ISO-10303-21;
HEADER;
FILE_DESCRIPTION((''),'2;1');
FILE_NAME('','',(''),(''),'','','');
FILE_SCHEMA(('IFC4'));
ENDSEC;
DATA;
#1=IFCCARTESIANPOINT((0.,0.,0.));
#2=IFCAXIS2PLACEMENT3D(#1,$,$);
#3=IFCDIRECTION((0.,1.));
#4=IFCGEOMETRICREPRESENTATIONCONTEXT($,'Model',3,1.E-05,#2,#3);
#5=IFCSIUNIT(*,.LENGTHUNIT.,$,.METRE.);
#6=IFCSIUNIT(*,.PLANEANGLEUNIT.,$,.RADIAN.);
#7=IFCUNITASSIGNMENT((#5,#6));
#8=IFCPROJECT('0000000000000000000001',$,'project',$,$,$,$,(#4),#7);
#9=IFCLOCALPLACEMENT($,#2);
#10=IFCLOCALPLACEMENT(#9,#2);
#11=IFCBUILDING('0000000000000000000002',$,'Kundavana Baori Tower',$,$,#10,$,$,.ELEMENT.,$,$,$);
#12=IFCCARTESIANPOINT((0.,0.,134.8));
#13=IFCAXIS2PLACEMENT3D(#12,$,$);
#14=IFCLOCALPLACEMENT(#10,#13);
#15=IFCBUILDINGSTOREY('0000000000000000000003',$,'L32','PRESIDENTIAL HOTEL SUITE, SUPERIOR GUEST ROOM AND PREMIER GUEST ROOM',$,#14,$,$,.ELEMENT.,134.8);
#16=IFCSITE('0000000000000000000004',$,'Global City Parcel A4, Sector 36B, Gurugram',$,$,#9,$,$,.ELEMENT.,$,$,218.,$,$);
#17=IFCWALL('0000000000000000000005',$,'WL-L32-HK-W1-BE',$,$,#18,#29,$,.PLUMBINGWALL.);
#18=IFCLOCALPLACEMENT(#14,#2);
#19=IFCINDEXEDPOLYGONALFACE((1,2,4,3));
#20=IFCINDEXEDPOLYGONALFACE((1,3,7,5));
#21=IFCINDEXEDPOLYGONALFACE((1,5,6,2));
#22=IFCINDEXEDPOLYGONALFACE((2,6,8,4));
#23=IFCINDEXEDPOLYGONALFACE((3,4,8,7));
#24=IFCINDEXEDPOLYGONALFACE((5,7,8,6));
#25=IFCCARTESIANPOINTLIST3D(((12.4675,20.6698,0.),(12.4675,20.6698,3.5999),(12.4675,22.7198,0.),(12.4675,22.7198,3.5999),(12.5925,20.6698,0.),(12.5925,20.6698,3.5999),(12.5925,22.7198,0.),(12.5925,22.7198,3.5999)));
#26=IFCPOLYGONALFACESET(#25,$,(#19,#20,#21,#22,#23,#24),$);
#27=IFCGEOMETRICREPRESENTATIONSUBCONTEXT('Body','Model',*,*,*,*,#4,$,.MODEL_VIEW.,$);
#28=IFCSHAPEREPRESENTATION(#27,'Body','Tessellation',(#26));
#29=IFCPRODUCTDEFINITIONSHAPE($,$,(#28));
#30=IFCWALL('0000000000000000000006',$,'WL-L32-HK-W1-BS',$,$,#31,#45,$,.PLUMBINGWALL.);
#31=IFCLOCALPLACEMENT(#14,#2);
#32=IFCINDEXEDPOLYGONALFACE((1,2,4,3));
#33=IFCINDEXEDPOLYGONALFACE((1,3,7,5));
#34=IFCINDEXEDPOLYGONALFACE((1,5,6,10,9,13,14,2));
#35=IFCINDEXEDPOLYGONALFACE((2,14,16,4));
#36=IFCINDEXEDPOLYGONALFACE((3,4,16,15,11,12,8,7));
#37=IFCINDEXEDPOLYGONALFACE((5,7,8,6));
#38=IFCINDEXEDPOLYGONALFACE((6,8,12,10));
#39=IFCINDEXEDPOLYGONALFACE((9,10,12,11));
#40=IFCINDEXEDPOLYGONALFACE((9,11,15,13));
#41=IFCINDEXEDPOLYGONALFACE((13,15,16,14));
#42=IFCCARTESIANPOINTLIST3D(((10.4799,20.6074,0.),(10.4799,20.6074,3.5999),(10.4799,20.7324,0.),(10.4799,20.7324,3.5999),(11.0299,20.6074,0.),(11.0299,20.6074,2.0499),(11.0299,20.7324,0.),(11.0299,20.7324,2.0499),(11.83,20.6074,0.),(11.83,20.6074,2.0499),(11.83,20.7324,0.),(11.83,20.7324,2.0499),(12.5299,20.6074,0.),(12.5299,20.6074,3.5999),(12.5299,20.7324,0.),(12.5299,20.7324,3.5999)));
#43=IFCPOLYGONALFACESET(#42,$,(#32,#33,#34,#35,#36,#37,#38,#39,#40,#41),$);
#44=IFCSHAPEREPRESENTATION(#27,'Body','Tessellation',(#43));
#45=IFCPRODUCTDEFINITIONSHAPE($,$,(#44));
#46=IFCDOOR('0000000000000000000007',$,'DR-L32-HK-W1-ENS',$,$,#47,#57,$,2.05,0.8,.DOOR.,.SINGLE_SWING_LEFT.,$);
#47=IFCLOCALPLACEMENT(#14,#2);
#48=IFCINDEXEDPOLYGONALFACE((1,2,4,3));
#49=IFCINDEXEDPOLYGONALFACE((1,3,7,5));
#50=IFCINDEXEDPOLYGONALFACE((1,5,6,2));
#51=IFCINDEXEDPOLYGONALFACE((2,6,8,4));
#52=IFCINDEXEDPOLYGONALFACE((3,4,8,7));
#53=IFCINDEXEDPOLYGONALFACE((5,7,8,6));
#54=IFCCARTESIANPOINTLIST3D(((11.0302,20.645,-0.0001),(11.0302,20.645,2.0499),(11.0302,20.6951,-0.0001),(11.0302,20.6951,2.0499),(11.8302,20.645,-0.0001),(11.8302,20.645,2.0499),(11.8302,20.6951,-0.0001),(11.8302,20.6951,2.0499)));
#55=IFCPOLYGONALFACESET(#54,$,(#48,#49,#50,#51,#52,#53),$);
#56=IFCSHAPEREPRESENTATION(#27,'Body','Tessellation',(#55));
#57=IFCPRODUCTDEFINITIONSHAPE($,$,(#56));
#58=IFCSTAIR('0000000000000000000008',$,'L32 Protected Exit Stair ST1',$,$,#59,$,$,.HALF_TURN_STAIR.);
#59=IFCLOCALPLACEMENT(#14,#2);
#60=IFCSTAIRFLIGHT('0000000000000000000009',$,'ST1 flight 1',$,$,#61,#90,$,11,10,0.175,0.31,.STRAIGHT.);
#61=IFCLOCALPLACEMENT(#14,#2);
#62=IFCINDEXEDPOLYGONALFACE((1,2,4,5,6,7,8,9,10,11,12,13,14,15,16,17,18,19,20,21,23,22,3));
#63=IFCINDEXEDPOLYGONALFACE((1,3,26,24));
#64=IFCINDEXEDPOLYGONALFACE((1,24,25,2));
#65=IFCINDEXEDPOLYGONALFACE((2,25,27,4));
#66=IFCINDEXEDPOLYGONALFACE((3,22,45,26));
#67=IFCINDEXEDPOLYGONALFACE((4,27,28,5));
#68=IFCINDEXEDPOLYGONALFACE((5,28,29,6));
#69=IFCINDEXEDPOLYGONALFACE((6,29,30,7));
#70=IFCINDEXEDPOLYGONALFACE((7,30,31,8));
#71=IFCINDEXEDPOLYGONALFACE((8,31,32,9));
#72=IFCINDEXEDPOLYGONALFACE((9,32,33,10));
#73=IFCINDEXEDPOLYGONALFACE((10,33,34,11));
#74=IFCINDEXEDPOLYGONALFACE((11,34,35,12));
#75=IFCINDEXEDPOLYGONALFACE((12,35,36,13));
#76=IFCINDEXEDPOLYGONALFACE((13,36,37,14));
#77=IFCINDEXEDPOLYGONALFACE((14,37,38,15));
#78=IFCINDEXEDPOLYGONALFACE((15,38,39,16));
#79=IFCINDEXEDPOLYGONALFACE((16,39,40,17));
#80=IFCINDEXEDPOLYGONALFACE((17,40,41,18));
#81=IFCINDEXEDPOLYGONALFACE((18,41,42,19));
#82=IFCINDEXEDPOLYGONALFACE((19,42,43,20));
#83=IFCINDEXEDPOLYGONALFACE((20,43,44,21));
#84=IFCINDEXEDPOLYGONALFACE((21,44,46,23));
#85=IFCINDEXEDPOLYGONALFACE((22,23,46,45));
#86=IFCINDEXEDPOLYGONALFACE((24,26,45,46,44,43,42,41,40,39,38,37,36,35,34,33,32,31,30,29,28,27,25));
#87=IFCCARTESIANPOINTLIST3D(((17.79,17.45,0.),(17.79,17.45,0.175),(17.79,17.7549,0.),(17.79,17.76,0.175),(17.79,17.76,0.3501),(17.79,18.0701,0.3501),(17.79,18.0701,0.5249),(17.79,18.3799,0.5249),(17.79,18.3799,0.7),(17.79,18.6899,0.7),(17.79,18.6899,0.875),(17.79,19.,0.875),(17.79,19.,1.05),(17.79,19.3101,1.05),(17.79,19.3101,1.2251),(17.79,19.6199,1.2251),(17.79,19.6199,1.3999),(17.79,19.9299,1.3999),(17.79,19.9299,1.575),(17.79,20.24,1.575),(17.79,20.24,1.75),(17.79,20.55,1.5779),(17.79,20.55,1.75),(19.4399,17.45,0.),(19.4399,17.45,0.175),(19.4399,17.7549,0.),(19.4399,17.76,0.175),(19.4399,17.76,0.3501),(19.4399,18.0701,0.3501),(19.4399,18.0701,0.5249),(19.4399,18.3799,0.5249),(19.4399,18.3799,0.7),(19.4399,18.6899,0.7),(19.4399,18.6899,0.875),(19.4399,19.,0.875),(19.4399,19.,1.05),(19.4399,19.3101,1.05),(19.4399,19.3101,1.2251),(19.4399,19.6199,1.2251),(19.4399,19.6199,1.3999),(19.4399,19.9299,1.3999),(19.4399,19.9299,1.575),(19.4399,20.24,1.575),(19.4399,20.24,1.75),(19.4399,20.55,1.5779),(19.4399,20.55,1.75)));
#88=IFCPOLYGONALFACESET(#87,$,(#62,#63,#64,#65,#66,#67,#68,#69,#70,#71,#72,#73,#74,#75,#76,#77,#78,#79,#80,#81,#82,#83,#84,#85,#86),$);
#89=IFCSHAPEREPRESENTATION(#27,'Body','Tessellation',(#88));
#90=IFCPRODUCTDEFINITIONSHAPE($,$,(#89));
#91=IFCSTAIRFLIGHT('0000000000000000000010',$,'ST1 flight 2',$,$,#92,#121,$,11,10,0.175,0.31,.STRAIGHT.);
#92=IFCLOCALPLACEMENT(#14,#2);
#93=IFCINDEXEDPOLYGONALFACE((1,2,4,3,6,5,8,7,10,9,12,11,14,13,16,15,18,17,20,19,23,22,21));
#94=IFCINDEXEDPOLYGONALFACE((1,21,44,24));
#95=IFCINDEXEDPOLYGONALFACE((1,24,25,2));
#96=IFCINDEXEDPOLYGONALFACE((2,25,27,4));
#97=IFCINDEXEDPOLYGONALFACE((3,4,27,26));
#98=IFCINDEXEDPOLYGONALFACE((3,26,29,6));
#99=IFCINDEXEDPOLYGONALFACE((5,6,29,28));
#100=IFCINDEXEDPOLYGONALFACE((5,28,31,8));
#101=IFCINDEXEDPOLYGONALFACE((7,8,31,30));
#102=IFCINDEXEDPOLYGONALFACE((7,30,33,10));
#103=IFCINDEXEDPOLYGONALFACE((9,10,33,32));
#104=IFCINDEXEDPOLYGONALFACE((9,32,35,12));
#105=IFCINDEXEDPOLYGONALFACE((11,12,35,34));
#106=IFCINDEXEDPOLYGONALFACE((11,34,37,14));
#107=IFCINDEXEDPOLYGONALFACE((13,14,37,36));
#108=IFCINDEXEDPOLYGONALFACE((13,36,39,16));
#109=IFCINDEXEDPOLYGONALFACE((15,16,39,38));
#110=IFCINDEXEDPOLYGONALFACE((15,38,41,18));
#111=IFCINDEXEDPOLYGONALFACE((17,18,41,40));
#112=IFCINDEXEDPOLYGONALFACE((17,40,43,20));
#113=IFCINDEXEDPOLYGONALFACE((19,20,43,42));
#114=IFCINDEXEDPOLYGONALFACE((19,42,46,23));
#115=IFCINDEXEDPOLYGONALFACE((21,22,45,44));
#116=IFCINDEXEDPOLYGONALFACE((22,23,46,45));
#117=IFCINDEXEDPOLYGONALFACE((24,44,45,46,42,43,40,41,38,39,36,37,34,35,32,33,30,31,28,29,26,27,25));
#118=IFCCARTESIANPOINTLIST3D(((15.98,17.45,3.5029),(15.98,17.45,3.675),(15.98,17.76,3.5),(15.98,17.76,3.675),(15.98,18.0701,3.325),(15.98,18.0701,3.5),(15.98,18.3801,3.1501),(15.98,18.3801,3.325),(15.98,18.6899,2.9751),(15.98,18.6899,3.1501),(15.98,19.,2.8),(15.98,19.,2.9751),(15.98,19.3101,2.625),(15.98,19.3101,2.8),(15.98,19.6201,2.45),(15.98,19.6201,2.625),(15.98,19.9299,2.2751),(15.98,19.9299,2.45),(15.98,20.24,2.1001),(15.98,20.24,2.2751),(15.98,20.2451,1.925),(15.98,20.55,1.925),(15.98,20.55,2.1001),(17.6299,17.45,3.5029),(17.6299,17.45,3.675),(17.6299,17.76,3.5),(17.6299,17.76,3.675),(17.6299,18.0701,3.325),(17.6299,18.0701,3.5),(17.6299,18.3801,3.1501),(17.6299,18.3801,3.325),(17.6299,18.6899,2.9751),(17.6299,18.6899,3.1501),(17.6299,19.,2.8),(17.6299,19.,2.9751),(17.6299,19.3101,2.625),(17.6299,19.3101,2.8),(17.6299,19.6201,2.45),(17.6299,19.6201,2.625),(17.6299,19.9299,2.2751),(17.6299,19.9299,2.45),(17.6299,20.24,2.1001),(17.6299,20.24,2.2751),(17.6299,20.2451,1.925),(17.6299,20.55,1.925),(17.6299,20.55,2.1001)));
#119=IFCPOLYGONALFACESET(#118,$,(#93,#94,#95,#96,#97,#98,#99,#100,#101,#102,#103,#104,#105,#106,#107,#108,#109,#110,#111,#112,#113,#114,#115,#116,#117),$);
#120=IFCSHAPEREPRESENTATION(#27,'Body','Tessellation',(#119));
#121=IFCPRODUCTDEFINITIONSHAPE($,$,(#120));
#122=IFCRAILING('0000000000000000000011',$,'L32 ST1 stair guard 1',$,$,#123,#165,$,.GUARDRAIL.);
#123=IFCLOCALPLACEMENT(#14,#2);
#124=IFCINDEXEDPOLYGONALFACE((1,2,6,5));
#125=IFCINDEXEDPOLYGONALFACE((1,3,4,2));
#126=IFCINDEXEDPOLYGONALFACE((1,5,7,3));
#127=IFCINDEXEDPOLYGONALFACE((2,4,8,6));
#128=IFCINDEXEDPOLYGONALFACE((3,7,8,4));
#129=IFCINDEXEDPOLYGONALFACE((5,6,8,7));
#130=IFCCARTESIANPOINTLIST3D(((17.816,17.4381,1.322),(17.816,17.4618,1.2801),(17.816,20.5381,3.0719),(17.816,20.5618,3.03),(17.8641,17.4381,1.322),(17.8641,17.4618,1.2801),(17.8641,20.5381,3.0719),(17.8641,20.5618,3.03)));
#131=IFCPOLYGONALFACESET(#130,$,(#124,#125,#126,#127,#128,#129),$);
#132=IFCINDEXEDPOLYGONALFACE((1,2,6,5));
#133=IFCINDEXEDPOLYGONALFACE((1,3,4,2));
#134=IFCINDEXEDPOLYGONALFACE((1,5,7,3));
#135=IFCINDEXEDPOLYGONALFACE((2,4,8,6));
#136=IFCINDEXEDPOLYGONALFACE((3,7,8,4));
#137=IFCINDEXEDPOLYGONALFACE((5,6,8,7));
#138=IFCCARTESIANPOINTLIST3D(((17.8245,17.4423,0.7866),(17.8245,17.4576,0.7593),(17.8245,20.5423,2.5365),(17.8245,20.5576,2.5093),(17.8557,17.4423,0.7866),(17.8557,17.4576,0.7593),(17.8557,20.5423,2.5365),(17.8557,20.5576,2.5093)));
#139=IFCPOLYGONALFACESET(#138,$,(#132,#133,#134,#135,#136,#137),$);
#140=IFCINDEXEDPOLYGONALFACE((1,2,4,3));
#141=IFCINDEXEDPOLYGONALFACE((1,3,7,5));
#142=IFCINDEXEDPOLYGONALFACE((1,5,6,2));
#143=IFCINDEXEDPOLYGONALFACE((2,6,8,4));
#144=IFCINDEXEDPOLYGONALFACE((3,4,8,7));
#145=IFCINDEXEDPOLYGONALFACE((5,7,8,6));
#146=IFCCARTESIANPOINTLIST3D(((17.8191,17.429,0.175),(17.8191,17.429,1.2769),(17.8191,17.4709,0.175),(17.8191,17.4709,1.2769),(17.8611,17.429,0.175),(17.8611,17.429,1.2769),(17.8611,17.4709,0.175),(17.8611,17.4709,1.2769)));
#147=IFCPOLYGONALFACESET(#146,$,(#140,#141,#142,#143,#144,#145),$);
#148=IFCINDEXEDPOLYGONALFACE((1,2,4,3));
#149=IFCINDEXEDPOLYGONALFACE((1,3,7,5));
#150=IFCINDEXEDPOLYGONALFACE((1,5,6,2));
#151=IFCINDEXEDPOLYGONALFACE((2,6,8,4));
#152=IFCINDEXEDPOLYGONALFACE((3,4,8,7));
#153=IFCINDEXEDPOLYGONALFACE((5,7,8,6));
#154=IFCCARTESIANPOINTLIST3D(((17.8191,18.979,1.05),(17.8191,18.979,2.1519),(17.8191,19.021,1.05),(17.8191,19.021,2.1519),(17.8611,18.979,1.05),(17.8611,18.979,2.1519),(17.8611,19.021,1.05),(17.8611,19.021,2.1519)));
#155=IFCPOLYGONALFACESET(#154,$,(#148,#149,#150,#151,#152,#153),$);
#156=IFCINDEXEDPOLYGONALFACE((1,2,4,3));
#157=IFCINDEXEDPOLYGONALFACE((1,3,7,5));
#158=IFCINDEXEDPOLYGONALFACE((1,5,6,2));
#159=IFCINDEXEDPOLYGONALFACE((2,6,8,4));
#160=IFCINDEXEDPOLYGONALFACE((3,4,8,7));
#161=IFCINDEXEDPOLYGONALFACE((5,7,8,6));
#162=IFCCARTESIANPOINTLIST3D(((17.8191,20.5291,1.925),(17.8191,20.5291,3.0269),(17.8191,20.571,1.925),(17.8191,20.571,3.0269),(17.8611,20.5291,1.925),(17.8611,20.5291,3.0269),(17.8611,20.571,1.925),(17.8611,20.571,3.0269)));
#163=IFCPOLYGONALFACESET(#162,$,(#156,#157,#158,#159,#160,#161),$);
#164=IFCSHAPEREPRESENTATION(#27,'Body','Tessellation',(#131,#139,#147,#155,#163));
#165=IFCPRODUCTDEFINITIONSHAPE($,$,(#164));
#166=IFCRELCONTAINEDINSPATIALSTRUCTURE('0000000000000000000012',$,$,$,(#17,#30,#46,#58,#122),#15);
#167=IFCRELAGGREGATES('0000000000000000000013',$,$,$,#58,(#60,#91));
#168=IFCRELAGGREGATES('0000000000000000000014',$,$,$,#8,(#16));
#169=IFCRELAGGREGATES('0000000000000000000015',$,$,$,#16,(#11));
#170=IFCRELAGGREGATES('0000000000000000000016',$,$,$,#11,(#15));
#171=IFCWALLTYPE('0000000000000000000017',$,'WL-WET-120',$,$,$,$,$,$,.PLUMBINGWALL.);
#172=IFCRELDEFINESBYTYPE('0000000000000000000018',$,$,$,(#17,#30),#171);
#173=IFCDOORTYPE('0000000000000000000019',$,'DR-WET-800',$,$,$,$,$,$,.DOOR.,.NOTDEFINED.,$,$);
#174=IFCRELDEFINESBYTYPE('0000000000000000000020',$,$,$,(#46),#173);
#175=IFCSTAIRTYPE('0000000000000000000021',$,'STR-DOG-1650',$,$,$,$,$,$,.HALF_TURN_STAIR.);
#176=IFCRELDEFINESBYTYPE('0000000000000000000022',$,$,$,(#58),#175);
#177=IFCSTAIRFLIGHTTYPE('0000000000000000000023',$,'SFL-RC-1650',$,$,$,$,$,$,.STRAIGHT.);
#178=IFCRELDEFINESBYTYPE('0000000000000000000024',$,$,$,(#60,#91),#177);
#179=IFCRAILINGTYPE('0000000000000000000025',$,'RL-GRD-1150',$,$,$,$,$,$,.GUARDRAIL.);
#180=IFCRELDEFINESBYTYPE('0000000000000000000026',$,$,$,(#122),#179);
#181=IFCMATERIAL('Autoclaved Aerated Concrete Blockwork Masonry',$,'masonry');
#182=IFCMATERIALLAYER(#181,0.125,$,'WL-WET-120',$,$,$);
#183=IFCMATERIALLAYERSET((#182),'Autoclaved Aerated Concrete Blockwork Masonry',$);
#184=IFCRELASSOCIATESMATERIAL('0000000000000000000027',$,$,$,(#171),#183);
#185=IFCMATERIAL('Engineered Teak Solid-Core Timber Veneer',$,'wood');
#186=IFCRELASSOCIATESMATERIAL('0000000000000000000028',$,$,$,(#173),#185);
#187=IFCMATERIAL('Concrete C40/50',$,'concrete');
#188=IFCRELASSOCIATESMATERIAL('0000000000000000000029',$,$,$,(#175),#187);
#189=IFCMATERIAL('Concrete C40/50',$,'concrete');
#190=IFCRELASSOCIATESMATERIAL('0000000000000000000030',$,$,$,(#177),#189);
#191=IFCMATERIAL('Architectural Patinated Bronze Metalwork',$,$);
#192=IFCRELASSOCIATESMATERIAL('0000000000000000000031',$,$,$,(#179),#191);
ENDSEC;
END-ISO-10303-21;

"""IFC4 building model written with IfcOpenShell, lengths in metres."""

from ifc_helpers import new_model, si_unit, direction, frame, frame_2d, origin, origin_2d, place, context, subcontext, project, spatial, polyline, rectangle, outline, extrude, material, layer, layer_set, type_object, element, fill, aggregate, save


model = new_model("IFC4")

# Units and contexts
model_context = context("Model", 3, precision=1e-05, world=origin(), true_north=direction((0.0, 1.0)))
body_context = subcontext(model_context, "Body", "Model", "MODEL_VIEW")
ifc_project = project(units=[si_unit("LENGTHUNIT", "METRE"), si_unit("PLANEANGLEUNIT", "RADIAN")], contexts=[model_context])

# Site, building, storey
site_placement = place(None, origin())
site = spatial("IfcSite", under=ifc_project, at=site_placement, Name="Global City Parcel A4, Sector 36B, Gurugram", CompositionType="ELEMENT", RefElevation=218.0)
building_placement = place(site_placement, origin())
building = spatial("IfcBuilding", under=site, at=building_placement, Name="Kundavana Baori Tower", CompositionType="ELEMENT")
storey_placement = place(building_placement, frame((0.0, 0.0, 134.8)))
storey = spatial("IfcBuildingStorey", under=building, at=storey_placement, Name="L32", Description="PRESIDENTIAL HOTEL SUITE, SUPERIOR GUEST ROOM AND PREMIER GUEST ROOM", CompositionType="ELEMENT", Elevation=134.8)

# Wall
ifc_material_1 = material(Name="Autoclaved Aerated Concrete Blockwork Masonry", Category="masonry")
ifc_layer_1 = layer(ifc_material_1, 0.125, Name="WL-WET-120")
ifc_layer_set_1 = layer_set([ifc_layer_1], Name="Autoclaved Aerated Concrete Blockwork Masonry")
wall_type_1 = type_object("IfcWallType", Name="WL-WET-120", PredefinedType="PLUMBINGWALL", material=ifc_layer_set_1)
wall_1_placement = place(storey_placement, frame((12.53, 20.6699, 0.0), z_axis=(0.0, 0.0, 1.0), x_axis=(0.0, 1.0, 0.0)))
element("IfcWall", 1, at=wall_1_placement, inside=storey, type_object=wall_type_1, Name="WL-L32-HK-W1-BE", PredefinedType="PLUMBINGWALL", context=body_context, shape_type="SweptSolid", body=[
    extrude(rectangle(XDim=2.05, YDim=0.125, at=frame_2d((1.0249, 0.0))), origin(), (0.0, 0.0, 1.0), 3.5999),
])

# Wall, opening, door
wall_2_placement = place(storey_placement, frame((10.48, 20.6699, 0.0), z_axis=(0.0, 0.0, 1.0), x_axis=(1.0, 0.0, 0.0)))
wall_2 = element("IfcWall", 2, at=wall_2_placement, inside=storey, type_object=wall_type_1, Name="WL-L32-HK-W1-BS", PredefinedType="PLUMBINGWALL", context=body_context, shape_type="SweptSolid", body=[
    extrude(rectangle(XDim=2.05, YDim=0.125, at=frame_2d((1.0249, 0.0))), origin(), (0.0, 0.0, 1.0), 3.5999),
])
opening_1_placement = place(wall_2_placement, frame((0.55, 0.0, 0.0)))
opening_1 = element("IfcOpeningElement", 3, at=opening_1_placement, cuts=wall_2, PredefinedType="OPENING", context=body_context, shape_type="SweptSolid", body=[
    extrude(rectangle(XDim=0.8, YDim=2.05, at=frame_2d((0.3999, 1.0249))), frame((0.0, 0.0725, 0.0), z_axis=(0.0, -1.0, 0.0), x_axis=(1.0, 0.0, 0.0)), (0.0, 0.0, 1.0), 0.145),
])
ifc_material_2 = material(Name="Engineered Teak Solid-Core Timber Veneer", Category="wood")
door_type_1 = type_object("IfcDoorType", Name="DR-WET-800", OperationType="NOTDEFINED", PredefinedType="DOOR", material=ifc_material_2)
door_1_placement = place(opening_1_placement, frame((0.8, 0.0, 0.0), z_axis=(0.0, 0.0, 1.0), x_axis=(-1.0, 0.0, 0.0)))
door_1 = element("IfcDoor", 4, at=door_1_placement, inside=storey, type_object=door_type_1, Name="DR-L32-HK-W1-ENS", OperationType="SINGLE_SWING_LEFT", OverallHeight=2.05, OverallWidth=0.8, PredefinedType="DOOR", context=body_context, shape_type="SweptSolid", body=[
    extrude(rectangle(XDim=0.8, YDim=2.05, at=frame_2d((0.3999, 1.0249))), frame((0.0, 0.0249, 0.0), z_axis=(0.0, -1.0, 0.0), x_axis=(1.0, 0.0, 0.0)), (0.0, 0.0, 1.0), 0.05),
])
fill(opening_1, door_1)

# Stair, stair flights
ifc_material_3 = material(Name="Concrete C40/50", Category="concrete")
stair_type = type_object("IfcStairType", Name="STR-DOG-1650", PredefinedType="HALF_TURN_STAIR", material=ifc_material_3)
stair_placement = place(storey_placement, origin())
stair = element("IfcStair", 5, at=stair_placement, inside=storey, type_object=stair_type, Name="L32 Protected Exit Stair ST1", PredefinedType="HALF_TURN_STAIR")
ifc_material_4 = material(Name="Concrete C40/50", Category="concrete")
stair_flight_type = type_object("IfcStairFlightType", Name="SFL-RC-1650", PredefinedType="STRAIGHT", material=ifc_material_4)
stair_flight_1_placement = place(storey_placement, frame((18.615, 17.45, 0.0), z_axis=(0.0, 0.0, 1.0), x_axis=(0.0, 1.0, 0.0)))
stair_flight_1 = element("IfcStairFlight", 6, at=stair_flight_1_placement, type_object=stair_flight_type, Name="ST1 flight 1", NumberOfRisers=11, NumberOfTreads=10, PredefinedType="STRAIGHT", RiserHeight=0.175, TreadLength=0.31, context=body_context, shape_type="SweptSolid", body=[
    extrude(outline(polyline([(0.0, 0.0), (0.0, 0.175), (0.3101, 0.175), (0.3101, 0.3501), (0.6201, 0.3501), (0.6201, 0.5249), (0.9299, 0.5249), (0.9299, 0.7), (1.24, 0.7), (1.24, 0.875), (1.55, 0.875), (1.55, 1.05), (1.8601, 1.05), (1.8601, 1.2251), (2.1699, 1.2251), (2.1699, 1.3999), (2.48, 1.3999), (2.48, 1.575), (2.79, 1.575), (2.79, 1.75), (3.1001, 1.75), (3.1001, 1.925), (3.1001, 1.5779), (0.3049, 0.0), (0.0, 0.0)])), frame((0.0, 0.825, 0.0), z_axis=(0.0, -1.0, 0.0), x_axis=(1.0, 0.0, 0.0)), (0.0, 0.0, 1.0), 1.6499),
])
stair_flight_2_placement = place(storey_placement, frame((16.8049, 20.55, 1.925), z_axis=(0.0, 0.0, 1.0), x_axis=(0.0, -1.0, 0.0)))
stair_flight_2 = element("IfcStairFlight", 7, at=stair_flight_2_placement, type_object=stair_flight_type, Name="ST1 flight 2", NumberOfRisers=11, NumberOfTreads=10, PredefinedType="STRAIGHT", RiserHeight=0.175, TreadLength=0.31, context=body_context, shape_type="SweptSolid", body=[
    extrude(outline(polyline([(0.0, 0.0), (0.0, 0.175), (0.3101, 0.175), (0.3101, 0.3501), (0.6201, 0.3501), (0.6201, 0.5249), (0.9299, 0.5249), (0.9299, 0.7), (1.24, 0.7), (1.24, 0.875), (1.55, 0.875), (1.55, 1.05), (1.8601, 1.05), (1.8601, 1.2251), (2.1699, 1.2251), (2.1699, 1.3999), (2.48, 1.3999), (2.48, 1.575), (2.79, 1.575), (2.79, 1.75), (3.1001, 1.75), (3.1001, 1.925), (3.1001, 1.5779), (0.3049, 0.0), (0.0, 0.0)])), frame((0.0, 0.825, 0.0), z_axis=(0.0, -1.0, 0.0), x_axis=(1.0, 0.0, 0.0)), (0.0, 0.0, 1.0), 1.6499),
])
aggregate(stair, [stair_flight_1, stair_flight_2])

# Railing
ifc_material_5 = material(Name="Architectural Patinated Bronze Metalwork")
railing_type_1 = type_object("IfcRailingType", Name="RL-GRD-1150", PredefinedType="GUARDRAIL", material=ifc_material_5)
railing_1_placement = place(storey_placement, frame((17.8401, 17.45, 0.175)))
element("IfcRailing", 8, at=railing_1_placement, inside=storey, type_object=railing_type_1, Name="L32 ST1 stair guard 1", PredefinedType="GUARDRAIL", context=body_context, shape_type="SweptSolid", body=[
    extrude(rectangle(XDim=0.0481, YDim=0.0481, at=origin_2d()), frame((0.0, 0.0, 1.126), z_axis=(0.0, 0.870831, 0.491583), x_axis=(-1.0, 0.0, 0.0)), (0.0, 0.0, 1.0), 3.5598),
    extrude(rectangle(XDim=0.0312, YDim=0.0312, at=origin_2d()), frame((0.0, 0.0, 0.5979), z_axis=(0.0, 0.870831, 0.491583), x_axis=(-1.0, 0.0, 0.0)), (0.0, 0.0, 1.0), 3.5598),
    extrude(rectangle(XDim=0.042, YDim=0.042, at=origin_2d()), origin(), (0.0, 0.0, 1.0), 1.1018),
    extrude(rectangle(XDim=0.042, YDim=0.042, at=origin_2d()), frame((0.0, 1.55, 0.875)), (0.0, 0.0, 1.0), 1.1018),
    extrude(rectangle(XDim=0.042, YDim=0.042, at=origin_2d()), frame((0.0, 3.1001, 1.75)), (0.0, 0.0, 1.0), 1.1018),
])

save(model, "model.ifc")
